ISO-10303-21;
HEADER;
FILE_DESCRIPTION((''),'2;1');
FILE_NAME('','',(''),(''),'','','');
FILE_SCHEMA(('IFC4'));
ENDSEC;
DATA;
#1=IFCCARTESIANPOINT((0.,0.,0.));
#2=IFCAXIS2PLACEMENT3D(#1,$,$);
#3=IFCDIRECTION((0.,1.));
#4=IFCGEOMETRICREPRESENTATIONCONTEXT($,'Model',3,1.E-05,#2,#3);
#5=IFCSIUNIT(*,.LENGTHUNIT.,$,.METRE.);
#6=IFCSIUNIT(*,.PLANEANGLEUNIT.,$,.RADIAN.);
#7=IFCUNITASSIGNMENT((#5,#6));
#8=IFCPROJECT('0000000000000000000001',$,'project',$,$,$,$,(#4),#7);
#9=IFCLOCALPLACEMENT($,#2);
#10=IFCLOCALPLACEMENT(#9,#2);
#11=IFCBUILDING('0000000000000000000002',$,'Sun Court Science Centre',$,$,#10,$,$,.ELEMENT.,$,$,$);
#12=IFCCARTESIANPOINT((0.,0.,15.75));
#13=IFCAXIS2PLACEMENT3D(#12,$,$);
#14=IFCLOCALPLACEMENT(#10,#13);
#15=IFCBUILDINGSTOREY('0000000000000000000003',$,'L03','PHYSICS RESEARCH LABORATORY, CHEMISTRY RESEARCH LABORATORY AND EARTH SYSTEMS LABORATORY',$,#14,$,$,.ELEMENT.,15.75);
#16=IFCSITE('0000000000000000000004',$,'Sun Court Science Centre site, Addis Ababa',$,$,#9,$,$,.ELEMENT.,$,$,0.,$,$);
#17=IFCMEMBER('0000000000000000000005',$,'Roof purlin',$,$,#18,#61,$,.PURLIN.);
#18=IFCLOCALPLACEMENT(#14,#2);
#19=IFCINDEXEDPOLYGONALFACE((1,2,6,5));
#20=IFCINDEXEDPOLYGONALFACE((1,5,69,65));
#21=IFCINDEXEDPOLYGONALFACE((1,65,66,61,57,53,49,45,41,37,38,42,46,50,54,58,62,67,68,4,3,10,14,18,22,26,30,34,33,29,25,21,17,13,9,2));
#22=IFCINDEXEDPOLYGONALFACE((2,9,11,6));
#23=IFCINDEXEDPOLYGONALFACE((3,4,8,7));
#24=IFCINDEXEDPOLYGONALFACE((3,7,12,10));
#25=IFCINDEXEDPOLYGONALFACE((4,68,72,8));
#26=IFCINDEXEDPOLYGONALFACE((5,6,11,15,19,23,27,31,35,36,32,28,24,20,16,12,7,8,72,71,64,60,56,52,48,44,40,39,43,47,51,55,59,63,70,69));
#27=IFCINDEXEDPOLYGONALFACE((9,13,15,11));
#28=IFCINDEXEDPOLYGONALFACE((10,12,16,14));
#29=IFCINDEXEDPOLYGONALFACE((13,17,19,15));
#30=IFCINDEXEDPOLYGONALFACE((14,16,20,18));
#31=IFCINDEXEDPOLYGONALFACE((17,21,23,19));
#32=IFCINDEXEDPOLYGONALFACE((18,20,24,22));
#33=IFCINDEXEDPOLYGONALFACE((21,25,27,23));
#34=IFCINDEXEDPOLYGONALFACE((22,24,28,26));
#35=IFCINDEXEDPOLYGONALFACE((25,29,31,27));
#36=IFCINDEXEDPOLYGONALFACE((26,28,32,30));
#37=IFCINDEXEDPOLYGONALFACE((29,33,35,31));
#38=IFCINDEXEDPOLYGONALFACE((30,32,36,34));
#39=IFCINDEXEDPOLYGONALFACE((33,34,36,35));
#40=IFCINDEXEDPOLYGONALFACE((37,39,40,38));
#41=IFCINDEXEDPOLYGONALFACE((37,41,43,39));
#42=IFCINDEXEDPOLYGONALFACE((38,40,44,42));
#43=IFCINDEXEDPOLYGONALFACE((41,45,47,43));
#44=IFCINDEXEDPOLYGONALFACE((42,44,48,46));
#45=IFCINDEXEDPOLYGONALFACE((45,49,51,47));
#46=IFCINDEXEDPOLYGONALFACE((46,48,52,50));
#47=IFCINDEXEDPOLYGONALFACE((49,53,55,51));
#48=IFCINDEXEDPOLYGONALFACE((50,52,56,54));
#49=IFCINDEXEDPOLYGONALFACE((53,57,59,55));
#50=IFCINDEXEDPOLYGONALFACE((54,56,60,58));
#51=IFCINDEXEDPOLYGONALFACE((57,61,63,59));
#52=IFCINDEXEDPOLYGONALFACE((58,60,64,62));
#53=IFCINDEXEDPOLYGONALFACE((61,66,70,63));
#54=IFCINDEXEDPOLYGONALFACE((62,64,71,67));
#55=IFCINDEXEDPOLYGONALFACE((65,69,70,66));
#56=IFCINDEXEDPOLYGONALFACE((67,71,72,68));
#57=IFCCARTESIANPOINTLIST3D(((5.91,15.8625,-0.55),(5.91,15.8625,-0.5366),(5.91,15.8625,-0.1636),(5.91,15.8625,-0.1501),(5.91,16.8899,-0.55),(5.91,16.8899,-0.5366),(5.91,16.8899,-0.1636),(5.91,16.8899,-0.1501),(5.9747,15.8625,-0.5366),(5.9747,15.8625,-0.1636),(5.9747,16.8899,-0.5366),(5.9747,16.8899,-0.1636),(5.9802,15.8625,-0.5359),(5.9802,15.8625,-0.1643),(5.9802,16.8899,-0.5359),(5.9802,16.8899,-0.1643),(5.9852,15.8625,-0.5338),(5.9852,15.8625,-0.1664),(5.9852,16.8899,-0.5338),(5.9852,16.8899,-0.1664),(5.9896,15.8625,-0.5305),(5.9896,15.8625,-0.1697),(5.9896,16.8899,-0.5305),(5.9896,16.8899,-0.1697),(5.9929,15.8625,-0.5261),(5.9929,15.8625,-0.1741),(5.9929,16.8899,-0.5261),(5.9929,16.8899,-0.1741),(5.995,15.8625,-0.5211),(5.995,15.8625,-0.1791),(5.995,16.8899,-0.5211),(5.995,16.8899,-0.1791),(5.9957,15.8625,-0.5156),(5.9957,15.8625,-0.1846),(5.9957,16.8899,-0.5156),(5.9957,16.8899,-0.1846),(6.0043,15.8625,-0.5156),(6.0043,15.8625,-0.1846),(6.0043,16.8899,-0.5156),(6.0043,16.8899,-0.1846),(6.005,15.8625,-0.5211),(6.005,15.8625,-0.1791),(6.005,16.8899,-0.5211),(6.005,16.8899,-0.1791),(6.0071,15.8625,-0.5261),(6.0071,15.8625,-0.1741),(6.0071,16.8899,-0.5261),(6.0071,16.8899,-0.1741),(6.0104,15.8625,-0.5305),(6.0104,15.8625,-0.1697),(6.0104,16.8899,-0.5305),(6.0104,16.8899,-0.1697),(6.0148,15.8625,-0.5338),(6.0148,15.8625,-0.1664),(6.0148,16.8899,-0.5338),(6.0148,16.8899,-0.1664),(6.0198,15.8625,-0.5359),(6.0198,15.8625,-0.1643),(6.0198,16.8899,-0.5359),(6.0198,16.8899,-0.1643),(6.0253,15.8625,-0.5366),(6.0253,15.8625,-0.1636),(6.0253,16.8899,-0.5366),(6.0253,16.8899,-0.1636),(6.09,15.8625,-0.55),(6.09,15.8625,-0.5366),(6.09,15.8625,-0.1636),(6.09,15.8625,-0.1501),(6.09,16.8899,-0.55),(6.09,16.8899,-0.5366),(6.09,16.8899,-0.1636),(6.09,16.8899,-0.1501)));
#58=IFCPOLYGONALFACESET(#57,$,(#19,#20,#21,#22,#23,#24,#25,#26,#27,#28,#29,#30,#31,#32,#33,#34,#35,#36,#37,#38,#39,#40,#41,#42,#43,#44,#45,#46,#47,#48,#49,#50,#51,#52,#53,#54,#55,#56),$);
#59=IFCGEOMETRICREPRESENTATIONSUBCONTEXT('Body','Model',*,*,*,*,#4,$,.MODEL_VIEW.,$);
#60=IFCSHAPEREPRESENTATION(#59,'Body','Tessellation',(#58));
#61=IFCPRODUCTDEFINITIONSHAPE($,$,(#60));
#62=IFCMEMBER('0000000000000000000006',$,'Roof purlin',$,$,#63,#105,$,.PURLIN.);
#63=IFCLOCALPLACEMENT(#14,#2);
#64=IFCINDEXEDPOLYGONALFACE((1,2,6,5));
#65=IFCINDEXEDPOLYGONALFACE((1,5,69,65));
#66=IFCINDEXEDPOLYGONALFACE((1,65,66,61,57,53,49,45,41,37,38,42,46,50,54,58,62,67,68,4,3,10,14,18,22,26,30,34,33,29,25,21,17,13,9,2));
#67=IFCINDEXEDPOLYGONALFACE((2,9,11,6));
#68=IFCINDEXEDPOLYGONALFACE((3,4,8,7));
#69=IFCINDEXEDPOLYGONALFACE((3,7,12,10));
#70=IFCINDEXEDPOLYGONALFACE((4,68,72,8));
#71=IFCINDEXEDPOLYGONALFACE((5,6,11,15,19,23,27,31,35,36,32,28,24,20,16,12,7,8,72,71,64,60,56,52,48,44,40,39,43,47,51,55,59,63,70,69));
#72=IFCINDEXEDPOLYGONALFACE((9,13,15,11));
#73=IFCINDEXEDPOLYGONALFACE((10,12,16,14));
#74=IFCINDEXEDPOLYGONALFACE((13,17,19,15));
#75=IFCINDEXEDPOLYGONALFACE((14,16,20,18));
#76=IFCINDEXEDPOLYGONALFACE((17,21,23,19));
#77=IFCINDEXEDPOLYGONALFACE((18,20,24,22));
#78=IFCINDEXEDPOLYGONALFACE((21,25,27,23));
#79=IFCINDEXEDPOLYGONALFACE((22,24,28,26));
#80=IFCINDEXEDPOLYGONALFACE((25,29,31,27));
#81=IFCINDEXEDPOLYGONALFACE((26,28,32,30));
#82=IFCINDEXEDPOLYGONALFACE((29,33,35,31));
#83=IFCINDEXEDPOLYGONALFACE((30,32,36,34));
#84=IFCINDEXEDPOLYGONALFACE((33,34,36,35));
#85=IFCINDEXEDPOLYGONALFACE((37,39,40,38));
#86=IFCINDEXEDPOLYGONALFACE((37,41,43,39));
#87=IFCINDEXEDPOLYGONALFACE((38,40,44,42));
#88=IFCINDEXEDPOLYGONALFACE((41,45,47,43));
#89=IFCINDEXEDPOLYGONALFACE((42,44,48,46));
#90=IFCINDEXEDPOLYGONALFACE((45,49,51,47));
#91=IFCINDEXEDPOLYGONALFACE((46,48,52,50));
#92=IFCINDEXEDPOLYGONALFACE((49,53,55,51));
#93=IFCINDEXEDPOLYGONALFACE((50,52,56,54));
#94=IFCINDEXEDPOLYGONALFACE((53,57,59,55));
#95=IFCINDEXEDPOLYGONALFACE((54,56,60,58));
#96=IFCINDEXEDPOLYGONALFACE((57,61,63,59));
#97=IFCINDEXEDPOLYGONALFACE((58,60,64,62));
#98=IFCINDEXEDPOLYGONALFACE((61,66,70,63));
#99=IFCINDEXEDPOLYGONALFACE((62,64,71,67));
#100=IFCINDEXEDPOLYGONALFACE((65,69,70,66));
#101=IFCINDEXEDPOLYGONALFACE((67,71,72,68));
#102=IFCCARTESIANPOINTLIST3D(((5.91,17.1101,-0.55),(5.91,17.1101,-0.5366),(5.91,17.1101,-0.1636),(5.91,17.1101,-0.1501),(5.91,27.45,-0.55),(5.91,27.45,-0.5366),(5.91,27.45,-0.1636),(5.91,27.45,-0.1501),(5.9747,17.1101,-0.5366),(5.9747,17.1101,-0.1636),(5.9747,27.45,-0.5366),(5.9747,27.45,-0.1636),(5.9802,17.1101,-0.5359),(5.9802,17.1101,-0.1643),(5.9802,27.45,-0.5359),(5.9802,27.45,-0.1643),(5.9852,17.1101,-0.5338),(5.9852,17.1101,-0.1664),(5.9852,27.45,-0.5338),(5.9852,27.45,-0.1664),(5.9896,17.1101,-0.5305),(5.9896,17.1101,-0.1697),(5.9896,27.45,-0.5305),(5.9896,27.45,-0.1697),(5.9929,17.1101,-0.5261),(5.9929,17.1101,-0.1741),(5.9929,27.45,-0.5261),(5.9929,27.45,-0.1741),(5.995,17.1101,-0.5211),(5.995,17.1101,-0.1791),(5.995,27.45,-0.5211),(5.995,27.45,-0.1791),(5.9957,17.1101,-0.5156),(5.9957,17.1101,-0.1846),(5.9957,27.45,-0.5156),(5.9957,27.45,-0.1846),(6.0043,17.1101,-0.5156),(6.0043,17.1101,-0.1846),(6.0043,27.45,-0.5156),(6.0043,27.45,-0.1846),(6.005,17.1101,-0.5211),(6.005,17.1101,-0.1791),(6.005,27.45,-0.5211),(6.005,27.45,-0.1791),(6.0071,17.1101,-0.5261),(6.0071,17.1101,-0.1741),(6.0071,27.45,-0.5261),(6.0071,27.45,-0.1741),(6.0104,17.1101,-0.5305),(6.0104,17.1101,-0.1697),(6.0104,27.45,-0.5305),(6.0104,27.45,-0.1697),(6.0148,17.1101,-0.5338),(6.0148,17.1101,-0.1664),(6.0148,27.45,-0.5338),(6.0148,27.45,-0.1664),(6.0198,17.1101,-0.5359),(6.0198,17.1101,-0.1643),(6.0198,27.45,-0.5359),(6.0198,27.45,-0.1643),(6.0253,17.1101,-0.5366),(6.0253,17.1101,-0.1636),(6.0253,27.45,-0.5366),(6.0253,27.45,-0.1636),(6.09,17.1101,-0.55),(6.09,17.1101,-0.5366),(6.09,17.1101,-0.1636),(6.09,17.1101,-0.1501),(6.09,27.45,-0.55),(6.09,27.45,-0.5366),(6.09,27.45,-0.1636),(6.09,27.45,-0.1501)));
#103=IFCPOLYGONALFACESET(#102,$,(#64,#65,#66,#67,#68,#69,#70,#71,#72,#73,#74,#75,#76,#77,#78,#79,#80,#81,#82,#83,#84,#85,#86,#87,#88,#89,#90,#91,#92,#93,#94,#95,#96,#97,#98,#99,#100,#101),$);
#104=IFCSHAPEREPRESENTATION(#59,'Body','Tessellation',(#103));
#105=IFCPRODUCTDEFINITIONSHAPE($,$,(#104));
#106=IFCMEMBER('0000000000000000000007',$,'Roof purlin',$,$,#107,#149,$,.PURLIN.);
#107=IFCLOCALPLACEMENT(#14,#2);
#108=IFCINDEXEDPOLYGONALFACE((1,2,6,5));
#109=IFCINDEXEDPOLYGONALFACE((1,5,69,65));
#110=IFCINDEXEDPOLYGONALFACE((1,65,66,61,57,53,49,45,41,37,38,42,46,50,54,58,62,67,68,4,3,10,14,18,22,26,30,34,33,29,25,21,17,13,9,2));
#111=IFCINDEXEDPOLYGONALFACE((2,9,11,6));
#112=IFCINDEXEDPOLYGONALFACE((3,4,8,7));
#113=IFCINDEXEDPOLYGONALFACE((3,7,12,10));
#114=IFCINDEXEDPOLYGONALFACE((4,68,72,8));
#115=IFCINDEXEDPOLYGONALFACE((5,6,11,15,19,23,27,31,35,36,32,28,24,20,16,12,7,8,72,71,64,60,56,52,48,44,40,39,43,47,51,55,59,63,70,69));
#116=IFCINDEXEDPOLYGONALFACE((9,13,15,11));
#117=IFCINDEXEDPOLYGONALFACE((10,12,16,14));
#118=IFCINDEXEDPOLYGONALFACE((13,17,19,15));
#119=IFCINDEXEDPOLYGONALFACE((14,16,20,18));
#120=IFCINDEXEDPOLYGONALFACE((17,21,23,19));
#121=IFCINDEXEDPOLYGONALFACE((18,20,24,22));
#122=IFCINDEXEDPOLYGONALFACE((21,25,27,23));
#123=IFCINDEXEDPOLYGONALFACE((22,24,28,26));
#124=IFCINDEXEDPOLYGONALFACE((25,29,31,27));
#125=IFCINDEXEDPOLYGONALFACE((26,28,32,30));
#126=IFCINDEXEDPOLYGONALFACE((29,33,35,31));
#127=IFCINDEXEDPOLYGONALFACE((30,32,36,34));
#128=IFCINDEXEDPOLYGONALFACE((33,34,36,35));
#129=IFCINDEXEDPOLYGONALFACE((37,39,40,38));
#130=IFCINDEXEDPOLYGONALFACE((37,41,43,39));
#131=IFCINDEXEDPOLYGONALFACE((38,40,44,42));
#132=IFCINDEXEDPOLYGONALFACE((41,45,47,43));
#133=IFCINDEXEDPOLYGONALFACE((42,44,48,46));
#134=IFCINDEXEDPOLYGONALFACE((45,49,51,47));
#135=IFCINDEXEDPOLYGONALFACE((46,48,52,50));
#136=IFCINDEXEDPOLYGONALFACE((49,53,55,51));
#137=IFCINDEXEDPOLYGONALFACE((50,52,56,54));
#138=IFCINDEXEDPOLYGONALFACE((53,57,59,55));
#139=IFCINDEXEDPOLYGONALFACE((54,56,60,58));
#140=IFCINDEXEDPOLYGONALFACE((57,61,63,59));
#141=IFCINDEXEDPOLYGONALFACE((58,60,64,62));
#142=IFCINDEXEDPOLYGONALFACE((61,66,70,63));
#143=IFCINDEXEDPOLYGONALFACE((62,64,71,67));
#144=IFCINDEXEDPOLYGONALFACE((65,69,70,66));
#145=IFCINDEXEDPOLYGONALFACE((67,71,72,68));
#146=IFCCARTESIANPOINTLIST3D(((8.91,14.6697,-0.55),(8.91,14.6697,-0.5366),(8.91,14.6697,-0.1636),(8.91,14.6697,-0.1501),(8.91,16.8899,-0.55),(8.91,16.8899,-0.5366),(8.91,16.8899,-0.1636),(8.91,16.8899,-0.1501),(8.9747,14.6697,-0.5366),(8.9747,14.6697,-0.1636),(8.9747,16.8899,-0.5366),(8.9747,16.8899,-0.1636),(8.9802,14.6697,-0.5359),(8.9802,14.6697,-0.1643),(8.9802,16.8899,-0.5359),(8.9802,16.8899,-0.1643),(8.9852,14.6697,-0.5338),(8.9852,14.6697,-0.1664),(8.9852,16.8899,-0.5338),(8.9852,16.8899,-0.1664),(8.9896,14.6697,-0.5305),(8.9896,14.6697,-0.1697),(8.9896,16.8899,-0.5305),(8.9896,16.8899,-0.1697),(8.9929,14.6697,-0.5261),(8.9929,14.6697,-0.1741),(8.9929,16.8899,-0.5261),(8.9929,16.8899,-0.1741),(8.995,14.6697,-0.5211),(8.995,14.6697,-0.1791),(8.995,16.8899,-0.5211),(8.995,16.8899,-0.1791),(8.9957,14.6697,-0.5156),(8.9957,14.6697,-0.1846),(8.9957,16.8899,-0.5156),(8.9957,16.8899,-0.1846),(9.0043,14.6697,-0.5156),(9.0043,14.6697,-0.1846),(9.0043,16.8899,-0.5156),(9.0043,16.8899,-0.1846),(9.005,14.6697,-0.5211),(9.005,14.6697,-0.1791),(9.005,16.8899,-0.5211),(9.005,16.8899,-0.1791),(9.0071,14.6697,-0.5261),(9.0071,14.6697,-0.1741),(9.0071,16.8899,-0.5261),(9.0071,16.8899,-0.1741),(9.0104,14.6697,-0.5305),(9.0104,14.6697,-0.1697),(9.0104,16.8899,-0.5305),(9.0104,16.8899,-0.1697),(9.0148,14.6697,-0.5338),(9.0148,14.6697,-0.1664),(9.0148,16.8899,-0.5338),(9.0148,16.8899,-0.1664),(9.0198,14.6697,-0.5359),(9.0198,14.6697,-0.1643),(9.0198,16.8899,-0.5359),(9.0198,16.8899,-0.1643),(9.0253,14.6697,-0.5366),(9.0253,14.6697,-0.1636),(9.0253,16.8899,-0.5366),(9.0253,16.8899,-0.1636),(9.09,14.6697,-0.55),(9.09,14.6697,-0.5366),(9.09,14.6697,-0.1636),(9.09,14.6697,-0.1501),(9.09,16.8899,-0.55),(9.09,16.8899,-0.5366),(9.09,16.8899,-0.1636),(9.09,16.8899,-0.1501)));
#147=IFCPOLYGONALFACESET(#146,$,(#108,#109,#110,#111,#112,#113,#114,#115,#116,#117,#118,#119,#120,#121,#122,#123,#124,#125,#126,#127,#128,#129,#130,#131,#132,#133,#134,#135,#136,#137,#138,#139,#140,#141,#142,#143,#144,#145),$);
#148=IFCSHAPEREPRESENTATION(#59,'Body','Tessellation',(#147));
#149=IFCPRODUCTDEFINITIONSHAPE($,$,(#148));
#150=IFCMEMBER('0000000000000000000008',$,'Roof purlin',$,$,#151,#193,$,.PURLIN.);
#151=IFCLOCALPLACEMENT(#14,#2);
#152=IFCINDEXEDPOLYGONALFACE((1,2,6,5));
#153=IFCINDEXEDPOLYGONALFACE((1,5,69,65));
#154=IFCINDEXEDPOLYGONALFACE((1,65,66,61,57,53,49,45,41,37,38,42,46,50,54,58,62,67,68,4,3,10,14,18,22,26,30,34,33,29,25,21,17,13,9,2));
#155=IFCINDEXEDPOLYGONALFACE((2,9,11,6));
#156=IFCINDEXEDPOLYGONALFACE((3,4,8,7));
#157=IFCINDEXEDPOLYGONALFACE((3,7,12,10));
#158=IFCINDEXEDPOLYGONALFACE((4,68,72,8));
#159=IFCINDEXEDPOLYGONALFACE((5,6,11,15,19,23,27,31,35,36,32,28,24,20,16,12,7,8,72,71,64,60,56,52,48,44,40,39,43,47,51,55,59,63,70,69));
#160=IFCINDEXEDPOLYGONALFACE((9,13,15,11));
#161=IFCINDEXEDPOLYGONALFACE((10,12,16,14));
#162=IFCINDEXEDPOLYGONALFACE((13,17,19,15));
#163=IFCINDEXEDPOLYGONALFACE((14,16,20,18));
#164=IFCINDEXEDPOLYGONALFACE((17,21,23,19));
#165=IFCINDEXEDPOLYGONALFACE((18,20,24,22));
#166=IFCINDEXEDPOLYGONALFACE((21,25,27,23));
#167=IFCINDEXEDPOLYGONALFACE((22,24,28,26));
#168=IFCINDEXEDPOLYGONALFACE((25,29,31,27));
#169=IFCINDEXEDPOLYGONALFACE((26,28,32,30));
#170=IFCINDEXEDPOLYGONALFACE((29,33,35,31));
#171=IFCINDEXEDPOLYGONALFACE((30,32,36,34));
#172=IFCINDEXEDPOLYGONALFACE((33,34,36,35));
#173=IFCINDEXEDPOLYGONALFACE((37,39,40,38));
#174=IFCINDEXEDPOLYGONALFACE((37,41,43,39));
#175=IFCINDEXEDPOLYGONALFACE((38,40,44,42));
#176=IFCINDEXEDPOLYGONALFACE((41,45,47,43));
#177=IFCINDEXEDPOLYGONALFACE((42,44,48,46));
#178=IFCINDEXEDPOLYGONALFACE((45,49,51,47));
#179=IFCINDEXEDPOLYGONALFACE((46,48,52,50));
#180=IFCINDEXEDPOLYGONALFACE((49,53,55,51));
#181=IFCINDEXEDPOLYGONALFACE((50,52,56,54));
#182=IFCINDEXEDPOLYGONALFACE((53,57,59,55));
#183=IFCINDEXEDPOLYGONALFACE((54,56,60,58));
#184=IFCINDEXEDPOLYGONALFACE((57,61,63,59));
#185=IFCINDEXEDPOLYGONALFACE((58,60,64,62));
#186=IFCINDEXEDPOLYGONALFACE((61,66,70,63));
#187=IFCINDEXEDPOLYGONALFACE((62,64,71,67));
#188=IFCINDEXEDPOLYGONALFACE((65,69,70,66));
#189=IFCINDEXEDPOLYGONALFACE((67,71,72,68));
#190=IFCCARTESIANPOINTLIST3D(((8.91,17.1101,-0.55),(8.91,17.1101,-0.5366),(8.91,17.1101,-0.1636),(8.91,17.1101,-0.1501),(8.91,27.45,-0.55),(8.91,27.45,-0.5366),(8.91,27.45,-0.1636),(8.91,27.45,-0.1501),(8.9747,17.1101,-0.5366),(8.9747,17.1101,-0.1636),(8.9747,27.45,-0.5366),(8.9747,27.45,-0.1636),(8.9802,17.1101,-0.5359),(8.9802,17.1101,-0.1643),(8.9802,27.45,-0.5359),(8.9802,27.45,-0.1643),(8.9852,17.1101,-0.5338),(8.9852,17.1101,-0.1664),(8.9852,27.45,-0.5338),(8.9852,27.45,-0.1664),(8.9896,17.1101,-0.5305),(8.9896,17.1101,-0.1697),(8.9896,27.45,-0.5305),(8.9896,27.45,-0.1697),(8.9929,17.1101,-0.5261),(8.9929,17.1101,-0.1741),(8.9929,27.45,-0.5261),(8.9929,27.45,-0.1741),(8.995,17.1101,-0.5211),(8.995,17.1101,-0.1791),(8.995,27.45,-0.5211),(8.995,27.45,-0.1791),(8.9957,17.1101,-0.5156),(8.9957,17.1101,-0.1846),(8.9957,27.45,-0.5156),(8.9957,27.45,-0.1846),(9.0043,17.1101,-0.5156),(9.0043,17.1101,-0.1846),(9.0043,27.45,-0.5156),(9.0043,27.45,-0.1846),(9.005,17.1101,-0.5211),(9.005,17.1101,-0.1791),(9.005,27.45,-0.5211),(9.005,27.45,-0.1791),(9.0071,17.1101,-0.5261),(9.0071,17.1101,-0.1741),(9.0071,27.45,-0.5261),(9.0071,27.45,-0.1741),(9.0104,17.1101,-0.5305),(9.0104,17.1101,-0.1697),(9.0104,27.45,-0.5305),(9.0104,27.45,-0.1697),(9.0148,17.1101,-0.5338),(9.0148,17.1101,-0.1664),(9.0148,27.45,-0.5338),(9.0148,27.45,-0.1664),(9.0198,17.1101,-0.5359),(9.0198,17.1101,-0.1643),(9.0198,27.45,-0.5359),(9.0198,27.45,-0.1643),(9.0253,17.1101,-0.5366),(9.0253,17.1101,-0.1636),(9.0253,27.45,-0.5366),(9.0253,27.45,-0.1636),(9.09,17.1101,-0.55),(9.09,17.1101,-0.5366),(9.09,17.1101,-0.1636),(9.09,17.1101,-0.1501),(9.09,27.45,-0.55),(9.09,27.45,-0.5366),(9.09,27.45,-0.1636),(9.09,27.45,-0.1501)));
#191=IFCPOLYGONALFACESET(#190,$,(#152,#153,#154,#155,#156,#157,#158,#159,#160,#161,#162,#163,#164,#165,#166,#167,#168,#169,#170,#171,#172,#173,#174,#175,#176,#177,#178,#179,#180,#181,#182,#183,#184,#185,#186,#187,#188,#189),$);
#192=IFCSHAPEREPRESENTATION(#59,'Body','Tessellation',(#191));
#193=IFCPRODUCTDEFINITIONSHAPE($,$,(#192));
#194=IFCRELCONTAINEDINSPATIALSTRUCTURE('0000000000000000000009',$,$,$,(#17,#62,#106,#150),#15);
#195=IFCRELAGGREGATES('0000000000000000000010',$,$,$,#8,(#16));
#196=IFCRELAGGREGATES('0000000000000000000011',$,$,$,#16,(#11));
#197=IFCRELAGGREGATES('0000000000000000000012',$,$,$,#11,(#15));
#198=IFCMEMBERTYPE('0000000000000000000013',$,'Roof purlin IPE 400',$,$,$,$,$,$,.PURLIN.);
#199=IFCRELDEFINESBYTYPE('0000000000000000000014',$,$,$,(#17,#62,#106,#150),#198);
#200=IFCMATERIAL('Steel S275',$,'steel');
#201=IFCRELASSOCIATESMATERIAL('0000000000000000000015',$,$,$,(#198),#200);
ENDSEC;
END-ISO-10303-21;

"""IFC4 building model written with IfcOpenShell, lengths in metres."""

from ifc_helpers import new_model, si_unit, direction, frame, origin, origin_2d, place, context, subcontext, project, spatial, i_section, extrude, material, material_profile, profile_set, type_object, element, save


model = new_model("IFC4")

# Units and contexts
model_context = context("Model", 3, precision=1e-05, world=origin(), true_north=direction((0.0, 1.0)))
body_context = subcontext(model_context, "Body", "Model", "MODEL_VIEW")
ifc_project = project(units=[si_unit("LENGTHUNIT", "METRE"), si_unit("PLANEANGLEUNIT", "RADIAN")], contexts=[model_context])

# Site, building, storey
site_placement = place(None, origin())
site = spatial("IfcSite", under=ifc_project, at=site_placement, Name="Sun Court Science Centre site, Addis Ababa", CompositionType="ELEMENT", RefElevation=0.0)
building_placement = place(site_placement, origin())
building = spatial("IfcBuilding", under=site, at=building_placement, Name="Sun Court Science Centre", CompositionType="ELEMENT")
storey_placement = place(building_placement, frame((0.0, 0.0, 15.75)))
storey = spatial("IfcBuildingStorey", under=building, at=storey_placement, Name="L03", Description="PHYSICS RESEARCH LABORATORY, CHEMISTRY RESEARCH LABORATORY AND EARTH SYSTEMS LABORATORY", CompositionType="ELEMENT", Elevation=15.75)

# Members
ifc_material_1 = material(Name="Steel S275", Category="steel")
ifc_material_profile_1 = material_profile(ifc_material_1, i_section(OverallWidth=0.1799, OverallDepth=0.3999, WebThickness=0.0085, FlangeThickness=0.0134, FilletRadius=0.021, at=origin_2d()), Name="IPE 400")
ifc_profile_set_1 = profile_set([ifc_material_profile_1], Name="Steel S275")
member_type = type_object("IfcMemberType", Name="Roof purlin IPE 400", PredefinedType="PURLIN", material=ifc_profile_set_1)
member_1_placement = place(storey_placement, frame((6.0, 15.8625, -0.3501), z_axis=(0.0, 1.0, 0.0), x_axis=(-1.0, 0.0, 0.0)))
element("IfcMember", 1, at=member_1_placement, inside=storey, type_object=member_type, Name="Roof purlin", PredefinedType="PURLIN", context=body_context, shape_type="SweptSolid", body=[
    extrude(i_section(OverallWidth=0.1799, OverallDepth=0.3999, WebThickness=0.0085, FlangeThickness=0.0134, FilletRadius=0.021, at=origin_2d()), origin(), (0.0, 0.0, 1.0), 1.0273),
])
member_2_placement = place(storey_placement, frame((6.0, 17.1101, -0.3501), z_axis=(0.0, 1.0, 0.0), x_axis=(-1.0, 0.0, 0.0)))
element("IfcMember", 2, at=member_2_placement, inside=storey, type_object=member_type, Name="Roof purlin", PredefinedType="PURLIN", context=body_context, shape_type="SweptSolid", body=[
    extrude(i_section(OverallWidth=0.1799, OverallDepth=0.3999, WebThickness=0.0085, FlangeThickness=0.0134, FilletRadius=0.021, at=origin_2d()), origin(), (0.0, 0.0, 1.0), 10.3398),
])
member_3_placement = place(storey_placement, frame((9.0, 14.6697, -0.3501), z_axis=(0.0, 1.0, 0.0), x_axis=(-1.0, 0.0, 0.0)))
element("IfcMember", 3, at=member_3_placement, inside=storey, type_object=member_type, Name="Roof purlin", PredefinedType="PURLIN", context=body_context, shape_type="SweptSolid", body=[
    extrude(i_section(OverallWidth=0.1799, OverallDepth=0.3999, WebThickness=0.0085, FlangeThickness=0.0134, FilletRadius=0.021, at=origin_2d()), origin(), (0.0, 0.0, 1.0), 2.2202),
])
member_4_placement = place(storey_placement, frame((9.0, 17.1101, -0.3501), z_axis=(0.0, 1.0, 0.0), x_axis=(-1.0, 0.0, 0.0)))
element("IfcMember", 4, at=member_4_placement, inside=storey, type_object=member_type, Name="Roof purlin", PredefinedType="PURLIN", context=body_context, shape_type="SweptSolid", body=[
    extrude(i_section(OverallWidth=0.1799, OverallDepth=0.3999, WebThickness=0.0085, FlangeThickness=0.0134, FilletRadius=0.021, at=origin_2d()), origin(), (0.0, 0.0, 1.0), 10.3398),
])

save(model, "model.ifc")
